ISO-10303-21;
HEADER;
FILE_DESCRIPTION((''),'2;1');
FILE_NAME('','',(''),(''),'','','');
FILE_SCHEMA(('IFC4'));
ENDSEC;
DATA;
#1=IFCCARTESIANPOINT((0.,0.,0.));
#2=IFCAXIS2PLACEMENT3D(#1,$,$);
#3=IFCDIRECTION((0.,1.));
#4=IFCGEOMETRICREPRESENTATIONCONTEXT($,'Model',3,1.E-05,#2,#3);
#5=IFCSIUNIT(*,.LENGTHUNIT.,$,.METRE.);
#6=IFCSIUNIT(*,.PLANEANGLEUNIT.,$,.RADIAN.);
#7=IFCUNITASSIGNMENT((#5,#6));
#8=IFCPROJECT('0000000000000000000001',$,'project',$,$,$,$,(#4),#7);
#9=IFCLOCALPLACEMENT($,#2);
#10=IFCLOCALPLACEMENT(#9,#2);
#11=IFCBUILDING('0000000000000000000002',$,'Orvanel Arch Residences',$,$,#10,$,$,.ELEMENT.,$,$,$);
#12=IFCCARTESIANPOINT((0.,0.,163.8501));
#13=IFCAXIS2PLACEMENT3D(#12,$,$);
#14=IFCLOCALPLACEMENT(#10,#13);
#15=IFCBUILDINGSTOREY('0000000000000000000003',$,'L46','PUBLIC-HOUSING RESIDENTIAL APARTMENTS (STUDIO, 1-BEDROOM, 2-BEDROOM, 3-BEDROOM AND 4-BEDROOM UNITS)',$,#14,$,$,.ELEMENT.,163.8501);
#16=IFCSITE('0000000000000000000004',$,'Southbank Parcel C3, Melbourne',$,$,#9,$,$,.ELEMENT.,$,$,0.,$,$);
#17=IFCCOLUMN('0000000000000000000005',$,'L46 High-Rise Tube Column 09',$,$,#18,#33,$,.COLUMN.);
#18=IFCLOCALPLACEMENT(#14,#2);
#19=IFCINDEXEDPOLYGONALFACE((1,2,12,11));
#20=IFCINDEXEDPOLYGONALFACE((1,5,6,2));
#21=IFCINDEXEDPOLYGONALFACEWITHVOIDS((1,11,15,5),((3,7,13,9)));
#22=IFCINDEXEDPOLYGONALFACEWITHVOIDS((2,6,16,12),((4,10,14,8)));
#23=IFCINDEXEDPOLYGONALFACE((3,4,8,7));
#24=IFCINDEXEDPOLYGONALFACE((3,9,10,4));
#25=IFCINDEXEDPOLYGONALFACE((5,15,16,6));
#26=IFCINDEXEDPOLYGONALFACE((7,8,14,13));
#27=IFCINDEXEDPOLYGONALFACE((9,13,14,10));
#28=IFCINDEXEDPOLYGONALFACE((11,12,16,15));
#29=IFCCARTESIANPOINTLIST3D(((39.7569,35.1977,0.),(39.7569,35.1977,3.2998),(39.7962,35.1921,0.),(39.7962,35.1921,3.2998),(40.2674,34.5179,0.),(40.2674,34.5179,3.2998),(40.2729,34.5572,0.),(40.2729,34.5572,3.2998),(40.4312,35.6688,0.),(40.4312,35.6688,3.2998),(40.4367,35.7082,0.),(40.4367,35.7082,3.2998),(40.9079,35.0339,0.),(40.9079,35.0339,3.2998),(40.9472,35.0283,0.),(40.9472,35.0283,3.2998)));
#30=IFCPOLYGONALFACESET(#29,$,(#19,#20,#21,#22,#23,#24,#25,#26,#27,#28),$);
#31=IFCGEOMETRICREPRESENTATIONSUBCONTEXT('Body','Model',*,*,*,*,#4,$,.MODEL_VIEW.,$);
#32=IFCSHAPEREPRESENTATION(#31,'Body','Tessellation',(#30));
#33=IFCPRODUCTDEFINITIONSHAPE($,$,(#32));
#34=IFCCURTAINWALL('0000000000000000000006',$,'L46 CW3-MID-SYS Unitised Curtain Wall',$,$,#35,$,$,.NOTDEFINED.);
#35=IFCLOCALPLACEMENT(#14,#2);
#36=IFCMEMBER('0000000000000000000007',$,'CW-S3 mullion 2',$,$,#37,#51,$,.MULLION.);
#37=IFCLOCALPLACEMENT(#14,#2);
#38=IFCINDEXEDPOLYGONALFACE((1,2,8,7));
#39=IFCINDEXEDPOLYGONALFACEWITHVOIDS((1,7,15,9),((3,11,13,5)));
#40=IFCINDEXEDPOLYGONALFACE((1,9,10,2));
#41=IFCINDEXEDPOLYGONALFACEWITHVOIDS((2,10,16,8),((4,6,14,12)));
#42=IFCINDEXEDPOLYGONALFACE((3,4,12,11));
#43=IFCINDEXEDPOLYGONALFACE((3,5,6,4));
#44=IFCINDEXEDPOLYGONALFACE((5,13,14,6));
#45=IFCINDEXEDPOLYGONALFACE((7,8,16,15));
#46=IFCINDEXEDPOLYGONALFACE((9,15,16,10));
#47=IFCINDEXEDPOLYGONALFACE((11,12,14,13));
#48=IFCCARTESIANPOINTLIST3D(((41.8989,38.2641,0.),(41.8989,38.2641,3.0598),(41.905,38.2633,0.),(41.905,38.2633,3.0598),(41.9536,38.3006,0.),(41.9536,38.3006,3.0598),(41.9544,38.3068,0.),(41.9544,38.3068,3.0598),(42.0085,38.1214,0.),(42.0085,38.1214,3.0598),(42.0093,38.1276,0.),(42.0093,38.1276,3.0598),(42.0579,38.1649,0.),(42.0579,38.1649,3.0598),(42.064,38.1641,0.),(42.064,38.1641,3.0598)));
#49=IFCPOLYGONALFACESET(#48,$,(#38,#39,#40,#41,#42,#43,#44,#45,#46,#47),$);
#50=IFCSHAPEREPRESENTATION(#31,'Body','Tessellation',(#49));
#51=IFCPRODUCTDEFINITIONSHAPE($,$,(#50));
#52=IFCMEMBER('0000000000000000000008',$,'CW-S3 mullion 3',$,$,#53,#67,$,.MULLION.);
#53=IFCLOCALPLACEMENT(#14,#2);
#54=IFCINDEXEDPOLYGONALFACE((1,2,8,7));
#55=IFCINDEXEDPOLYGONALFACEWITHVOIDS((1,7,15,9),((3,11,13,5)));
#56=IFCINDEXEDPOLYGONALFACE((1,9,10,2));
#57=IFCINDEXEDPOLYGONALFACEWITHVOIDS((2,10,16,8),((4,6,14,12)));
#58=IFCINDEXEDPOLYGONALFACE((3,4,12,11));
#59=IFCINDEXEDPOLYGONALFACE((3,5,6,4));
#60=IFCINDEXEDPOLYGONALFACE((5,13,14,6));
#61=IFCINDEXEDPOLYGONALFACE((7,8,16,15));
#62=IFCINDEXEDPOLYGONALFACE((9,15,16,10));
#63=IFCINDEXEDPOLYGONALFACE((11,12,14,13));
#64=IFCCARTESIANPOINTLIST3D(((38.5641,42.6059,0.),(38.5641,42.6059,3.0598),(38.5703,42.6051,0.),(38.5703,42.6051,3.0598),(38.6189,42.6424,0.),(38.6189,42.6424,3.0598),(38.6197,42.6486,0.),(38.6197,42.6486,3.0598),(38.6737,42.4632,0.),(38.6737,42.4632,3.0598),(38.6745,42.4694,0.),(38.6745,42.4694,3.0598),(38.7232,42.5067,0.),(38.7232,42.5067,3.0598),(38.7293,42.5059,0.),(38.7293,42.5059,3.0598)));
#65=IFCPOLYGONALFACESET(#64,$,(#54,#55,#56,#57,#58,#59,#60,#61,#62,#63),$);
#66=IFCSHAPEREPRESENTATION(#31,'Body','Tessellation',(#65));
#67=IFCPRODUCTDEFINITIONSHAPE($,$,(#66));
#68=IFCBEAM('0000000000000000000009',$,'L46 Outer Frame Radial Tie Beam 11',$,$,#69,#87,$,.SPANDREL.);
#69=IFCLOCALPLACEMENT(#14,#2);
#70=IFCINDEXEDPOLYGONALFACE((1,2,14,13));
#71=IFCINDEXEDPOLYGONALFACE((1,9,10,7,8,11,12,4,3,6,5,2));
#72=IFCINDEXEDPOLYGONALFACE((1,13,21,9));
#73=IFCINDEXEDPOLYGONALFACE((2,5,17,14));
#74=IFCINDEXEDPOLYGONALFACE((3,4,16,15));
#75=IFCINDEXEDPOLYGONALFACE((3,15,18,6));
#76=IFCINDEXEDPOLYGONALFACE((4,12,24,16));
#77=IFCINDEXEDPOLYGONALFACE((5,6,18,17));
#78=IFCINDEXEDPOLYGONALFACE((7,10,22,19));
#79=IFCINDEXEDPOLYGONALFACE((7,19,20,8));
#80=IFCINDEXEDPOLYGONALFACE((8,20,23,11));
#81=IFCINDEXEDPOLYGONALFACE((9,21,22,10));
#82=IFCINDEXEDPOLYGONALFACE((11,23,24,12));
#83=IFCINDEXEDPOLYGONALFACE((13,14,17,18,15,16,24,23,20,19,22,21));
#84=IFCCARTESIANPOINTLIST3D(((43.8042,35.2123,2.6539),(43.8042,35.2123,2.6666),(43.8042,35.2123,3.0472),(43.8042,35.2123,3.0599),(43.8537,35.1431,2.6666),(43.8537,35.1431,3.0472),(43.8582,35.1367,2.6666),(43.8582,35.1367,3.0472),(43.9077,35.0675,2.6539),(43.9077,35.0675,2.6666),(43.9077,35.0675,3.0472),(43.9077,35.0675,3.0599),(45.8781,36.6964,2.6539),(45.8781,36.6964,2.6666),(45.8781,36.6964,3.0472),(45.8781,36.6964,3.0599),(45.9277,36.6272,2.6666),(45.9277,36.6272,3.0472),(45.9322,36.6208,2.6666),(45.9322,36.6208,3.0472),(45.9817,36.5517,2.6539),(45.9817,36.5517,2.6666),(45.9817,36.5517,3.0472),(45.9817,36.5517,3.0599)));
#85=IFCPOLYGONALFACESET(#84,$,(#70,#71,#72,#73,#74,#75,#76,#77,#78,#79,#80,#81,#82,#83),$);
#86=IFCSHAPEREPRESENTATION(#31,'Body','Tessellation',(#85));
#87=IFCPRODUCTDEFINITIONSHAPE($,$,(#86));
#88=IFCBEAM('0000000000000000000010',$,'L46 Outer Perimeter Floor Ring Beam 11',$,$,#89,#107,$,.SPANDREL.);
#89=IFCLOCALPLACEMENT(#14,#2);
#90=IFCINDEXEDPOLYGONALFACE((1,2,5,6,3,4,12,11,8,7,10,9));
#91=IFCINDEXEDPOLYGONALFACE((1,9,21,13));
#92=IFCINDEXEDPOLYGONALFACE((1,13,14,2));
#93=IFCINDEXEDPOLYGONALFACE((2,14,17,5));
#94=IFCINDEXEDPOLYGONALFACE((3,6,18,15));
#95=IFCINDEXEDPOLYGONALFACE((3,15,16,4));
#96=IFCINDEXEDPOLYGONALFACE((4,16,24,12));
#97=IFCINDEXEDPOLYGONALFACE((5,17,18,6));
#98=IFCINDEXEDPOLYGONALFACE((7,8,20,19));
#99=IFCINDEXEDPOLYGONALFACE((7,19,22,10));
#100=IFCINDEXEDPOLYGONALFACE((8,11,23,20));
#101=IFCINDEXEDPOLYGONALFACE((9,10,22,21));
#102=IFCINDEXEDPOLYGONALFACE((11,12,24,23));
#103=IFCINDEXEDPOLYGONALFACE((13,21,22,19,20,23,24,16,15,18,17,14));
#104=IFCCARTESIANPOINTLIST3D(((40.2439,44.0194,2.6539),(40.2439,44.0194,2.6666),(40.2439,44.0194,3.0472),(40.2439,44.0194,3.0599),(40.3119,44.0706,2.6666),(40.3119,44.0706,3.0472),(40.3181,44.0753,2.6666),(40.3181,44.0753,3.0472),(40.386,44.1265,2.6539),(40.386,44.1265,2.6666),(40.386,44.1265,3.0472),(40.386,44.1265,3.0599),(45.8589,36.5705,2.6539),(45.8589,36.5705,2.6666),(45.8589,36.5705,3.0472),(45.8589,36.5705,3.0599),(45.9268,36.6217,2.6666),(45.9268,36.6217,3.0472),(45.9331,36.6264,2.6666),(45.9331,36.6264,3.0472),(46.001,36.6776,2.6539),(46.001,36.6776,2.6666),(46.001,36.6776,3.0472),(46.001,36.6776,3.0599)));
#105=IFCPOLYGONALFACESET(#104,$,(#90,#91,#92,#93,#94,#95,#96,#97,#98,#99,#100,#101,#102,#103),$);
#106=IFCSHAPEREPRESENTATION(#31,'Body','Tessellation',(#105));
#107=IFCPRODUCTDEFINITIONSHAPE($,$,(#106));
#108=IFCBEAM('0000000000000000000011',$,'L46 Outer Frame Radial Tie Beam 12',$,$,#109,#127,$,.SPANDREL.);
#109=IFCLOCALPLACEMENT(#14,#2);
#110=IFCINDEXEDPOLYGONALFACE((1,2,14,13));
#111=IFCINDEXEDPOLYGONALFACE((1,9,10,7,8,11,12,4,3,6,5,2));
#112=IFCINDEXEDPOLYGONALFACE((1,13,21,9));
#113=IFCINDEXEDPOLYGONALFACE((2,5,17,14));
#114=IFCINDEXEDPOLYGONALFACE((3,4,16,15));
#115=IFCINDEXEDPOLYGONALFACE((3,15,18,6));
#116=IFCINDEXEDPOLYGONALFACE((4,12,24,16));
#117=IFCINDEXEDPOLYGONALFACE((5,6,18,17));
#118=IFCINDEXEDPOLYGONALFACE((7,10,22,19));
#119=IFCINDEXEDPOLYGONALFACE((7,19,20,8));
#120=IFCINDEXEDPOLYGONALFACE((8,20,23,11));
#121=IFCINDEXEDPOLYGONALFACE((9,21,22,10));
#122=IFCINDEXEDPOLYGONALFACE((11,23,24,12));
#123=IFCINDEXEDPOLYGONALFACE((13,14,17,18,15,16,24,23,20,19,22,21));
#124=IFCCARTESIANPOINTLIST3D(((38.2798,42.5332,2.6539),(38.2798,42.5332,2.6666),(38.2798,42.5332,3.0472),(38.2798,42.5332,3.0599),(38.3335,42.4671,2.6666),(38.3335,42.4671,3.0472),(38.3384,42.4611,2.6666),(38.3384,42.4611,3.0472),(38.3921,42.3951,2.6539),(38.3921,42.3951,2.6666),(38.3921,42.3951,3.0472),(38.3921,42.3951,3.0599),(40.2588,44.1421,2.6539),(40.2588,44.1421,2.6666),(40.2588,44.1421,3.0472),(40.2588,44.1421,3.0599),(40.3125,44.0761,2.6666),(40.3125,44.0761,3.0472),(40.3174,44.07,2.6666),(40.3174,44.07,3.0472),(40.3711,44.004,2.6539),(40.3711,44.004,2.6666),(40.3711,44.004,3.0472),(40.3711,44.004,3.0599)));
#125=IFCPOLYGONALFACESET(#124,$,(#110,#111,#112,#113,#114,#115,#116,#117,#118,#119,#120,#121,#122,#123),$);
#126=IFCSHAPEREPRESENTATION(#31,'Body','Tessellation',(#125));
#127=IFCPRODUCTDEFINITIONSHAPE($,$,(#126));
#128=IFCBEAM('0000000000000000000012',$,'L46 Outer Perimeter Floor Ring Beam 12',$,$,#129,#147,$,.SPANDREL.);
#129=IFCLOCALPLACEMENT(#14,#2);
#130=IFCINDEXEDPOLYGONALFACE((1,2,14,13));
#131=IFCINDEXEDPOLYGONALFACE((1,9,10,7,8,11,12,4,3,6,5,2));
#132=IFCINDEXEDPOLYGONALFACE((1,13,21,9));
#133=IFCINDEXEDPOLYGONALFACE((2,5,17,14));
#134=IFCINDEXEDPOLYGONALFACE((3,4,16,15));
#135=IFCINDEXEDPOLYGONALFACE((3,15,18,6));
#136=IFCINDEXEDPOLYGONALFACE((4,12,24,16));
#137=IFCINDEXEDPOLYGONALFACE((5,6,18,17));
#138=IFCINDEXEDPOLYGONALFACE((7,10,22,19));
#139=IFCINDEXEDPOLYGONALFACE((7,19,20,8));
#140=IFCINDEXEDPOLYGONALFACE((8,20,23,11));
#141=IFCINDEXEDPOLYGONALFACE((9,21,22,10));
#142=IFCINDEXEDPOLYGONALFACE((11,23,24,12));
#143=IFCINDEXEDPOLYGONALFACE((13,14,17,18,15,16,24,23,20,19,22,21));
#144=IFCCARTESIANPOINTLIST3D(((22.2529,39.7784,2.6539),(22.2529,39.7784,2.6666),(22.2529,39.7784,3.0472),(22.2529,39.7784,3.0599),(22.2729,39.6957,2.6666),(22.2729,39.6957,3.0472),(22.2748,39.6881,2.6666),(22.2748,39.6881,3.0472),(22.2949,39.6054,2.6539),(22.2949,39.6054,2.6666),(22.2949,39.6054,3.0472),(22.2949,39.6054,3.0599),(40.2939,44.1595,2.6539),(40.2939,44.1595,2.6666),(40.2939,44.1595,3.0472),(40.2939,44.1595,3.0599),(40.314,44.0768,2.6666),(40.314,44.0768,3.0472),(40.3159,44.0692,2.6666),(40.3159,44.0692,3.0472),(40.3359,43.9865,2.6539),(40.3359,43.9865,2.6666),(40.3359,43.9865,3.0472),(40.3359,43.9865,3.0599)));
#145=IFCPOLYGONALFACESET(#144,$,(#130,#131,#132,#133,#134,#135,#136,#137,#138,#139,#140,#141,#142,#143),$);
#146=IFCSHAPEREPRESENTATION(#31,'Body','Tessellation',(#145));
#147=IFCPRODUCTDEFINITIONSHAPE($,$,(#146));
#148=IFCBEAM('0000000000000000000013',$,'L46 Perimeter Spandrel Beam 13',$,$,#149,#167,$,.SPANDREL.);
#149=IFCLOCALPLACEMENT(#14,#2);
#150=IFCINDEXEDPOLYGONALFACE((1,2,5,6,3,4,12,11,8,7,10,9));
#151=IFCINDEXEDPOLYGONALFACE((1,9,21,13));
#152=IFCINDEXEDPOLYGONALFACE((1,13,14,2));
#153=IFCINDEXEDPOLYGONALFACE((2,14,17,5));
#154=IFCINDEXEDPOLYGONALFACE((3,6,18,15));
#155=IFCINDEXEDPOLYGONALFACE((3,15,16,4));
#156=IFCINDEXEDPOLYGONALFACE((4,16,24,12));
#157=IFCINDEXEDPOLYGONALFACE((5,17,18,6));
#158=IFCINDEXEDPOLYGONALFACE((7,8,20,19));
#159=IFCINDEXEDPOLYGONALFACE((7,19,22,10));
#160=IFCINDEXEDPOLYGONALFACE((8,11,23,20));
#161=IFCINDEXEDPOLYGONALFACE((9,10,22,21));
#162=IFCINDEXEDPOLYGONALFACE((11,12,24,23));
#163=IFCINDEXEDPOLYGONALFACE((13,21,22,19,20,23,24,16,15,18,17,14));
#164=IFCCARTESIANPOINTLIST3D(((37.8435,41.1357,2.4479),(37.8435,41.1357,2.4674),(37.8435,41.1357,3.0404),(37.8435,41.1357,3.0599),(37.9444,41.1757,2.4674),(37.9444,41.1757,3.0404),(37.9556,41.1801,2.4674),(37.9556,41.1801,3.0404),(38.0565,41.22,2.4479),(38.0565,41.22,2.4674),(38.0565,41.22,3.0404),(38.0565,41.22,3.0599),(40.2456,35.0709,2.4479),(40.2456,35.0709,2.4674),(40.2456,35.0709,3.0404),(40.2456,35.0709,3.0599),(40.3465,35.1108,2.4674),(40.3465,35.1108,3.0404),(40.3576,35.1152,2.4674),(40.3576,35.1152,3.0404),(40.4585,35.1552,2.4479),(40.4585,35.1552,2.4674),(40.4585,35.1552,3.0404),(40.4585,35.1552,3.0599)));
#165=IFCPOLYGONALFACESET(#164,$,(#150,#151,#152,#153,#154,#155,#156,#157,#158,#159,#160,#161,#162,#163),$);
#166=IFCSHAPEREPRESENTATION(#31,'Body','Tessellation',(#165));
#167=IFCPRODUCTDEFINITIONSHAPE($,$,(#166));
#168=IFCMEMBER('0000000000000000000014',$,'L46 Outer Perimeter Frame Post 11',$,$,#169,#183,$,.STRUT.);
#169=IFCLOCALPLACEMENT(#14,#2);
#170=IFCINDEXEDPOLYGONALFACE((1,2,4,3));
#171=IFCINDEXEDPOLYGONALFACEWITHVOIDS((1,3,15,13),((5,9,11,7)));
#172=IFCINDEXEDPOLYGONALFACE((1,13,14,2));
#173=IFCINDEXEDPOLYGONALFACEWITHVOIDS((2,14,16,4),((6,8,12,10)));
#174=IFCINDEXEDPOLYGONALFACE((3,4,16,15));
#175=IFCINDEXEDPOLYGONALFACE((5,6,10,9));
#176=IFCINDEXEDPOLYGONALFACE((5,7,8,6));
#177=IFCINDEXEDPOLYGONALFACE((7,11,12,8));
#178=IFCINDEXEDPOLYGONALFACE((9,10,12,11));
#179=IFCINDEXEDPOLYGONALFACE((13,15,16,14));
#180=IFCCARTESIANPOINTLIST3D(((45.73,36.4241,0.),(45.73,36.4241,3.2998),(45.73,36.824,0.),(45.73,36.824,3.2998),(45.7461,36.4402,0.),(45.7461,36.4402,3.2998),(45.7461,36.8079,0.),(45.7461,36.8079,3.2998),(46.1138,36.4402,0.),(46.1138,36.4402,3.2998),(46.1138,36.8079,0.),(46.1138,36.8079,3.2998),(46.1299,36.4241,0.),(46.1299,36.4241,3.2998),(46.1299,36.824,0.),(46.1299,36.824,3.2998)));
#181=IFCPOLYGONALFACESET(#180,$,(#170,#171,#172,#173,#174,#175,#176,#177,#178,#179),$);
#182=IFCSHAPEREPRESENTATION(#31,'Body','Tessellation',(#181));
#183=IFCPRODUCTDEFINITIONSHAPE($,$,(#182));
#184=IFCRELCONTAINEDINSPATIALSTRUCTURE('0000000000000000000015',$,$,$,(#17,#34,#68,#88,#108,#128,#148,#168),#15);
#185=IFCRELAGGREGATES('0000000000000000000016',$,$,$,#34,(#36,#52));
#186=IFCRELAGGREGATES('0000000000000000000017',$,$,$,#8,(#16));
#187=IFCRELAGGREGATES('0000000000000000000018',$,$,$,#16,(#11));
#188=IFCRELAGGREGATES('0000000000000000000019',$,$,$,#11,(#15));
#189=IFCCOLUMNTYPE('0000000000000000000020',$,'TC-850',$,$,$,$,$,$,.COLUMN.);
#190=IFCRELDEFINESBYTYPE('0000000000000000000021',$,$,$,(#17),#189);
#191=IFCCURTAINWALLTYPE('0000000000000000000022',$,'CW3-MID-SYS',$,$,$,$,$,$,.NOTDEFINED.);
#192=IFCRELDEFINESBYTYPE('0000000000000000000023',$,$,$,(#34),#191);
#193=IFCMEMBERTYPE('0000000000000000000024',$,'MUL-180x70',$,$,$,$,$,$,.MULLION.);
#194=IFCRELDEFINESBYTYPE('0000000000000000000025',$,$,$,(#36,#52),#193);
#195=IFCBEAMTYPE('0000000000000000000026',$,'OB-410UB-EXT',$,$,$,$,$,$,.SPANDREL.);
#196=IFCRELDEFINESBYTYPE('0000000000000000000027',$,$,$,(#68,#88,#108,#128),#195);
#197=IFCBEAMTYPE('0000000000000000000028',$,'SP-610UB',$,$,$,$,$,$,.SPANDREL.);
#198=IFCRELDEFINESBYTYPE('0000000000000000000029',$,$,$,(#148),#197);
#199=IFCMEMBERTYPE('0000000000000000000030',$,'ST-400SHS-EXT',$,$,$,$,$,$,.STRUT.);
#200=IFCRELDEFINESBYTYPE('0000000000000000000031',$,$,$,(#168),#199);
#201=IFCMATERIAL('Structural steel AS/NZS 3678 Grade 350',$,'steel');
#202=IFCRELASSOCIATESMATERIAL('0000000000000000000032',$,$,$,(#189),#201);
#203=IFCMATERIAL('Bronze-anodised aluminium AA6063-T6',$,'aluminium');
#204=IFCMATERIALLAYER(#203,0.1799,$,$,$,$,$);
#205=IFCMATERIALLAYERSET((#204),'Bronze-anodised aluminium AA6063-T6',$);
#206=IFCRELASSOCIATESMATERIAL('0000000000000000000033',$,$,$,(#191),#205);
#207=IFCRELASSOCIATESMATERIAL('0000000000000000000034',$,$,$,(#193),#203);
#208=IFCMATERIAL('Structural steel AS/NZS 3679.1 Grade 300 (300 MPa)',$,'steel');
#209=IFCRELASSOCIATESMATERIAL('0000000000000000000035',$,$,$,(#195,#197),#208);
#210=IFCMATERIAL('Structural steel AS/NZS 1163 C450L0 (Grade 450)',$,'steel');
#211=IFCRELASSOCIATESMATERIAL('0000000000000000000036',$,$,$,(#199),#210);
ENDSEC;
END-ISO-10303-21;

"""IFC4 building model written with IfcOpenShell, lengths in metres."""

from ifc_helpers import new_model, si_unit, direction, frame, origin, origin_2d, place, context, subcontext, project, spatial, hollow_rectangle, i_section, extrude, material, layer, layer_set, material_profile, profile_set, type_object, element, aggregate, save


model = new_model("IFC4")

# Units and contexts
model_context = context("Model", 3, precision=1e-05, world=origin(), true_north=direction((0.0, 1.0)))
body_context = subcontext(model_context, "Body", "Model", "MODEL_VIEW")
ifc_project = project(units=[si_unit("LENGTHUNIT", "METRE"), si_unit("PLANEANGLEUNIT", "RADIAN")], contexts=[model_context])

# Site, building, storey
site_placement = place(None, origin())
site = spatial("IfcSite", under=ifc_project, at=site_placement, Name="Southbank Parcel C3, Melbourne", CompositionType="ELEMENT", RefElevation=0.0)
building_placement = place(site_placement, origin())
building = spatial("IfcBuilding", under=site, at=building_placement, Name="Orvanel Arch Residences", CompositionType="ELEMENT")
storey_placement = place(building_placement, frame((0.0, 0.0, 163.8501)))
storey = spatial("IfcBuildingStorey", under=building, at=storey_placement, Name="L46", Description="PUBLIC-HOUSING RESIDENTIAL APARTMENTS (STUDIO, 1-BEDROOM, 2-BEDROOM, 3-BEDROOM AND 4-BEDROOM UNITS)", CompositionType="ELEMENT", Elevation=163.8501)

# Column
ifc_material_1 = material(Name="Structural steel AS/NZS 3678 Grade 350", Category="steel")
ifc_material_profile_1 = material_profile(ifc_material_1, hollow_rectangle(XDim=0.8501, YDim=0.8501, WallThickness=0.0281, at=origin_2d()), Name="BOX850x850x28")
ifc_profile_set_1 = profile_set([ifc_material_profile_1], Name="Structural steel AS/NZS 3678 Grade 350")
column_type = type_object("IfcColumnType", Name="TC-850", PredefinedType="COLUMN", material=ifc_profile_set_1)
column_placement = place(storey_placement, frame((40.3521, 35.113, 0.0), z_axis=(0.0, 0.0, 1.0), x_axis=(-0.60042, 0.799685, 0.0)))
element("IfcColumn", 1, at=column_placement, inside=storey, type_object=column_type, Name="L46 High-Rise Tube Column 09", PredefinedType="COLUMN", context=body_context, shape_type="SweptSolid", body=[
    extrude(hollow_rectangle(XDim=0.8501, YDim=0.8501, WallThickness=0.0281, at=origin_2d()), origin(), (0.0, 0.0, 1.0), 3.2998),
])

# Curtain wall, members
ifc_material_2 = material(Name="Bronze-anodised aluminium AA6063-T6", Category="aluminium")
ifc_layer_1 = layer(ifc_material_2, 0.1799)
ifc_layer_set_1 = layer_set([ifc_layer_1], Name="Bronze-anodised aluminium AA6063-T6")
curtain_wall_type = type_object("IfcCurtainWallType", Name="CW3-MID-SYS", PredefinedType="NOTDEFINED", material=ifc_layer_set_1)
curtain_wall_placement = place(storey_placement, origin())
curtain_wall = element("IfcCurtainWall", 2, at=curtain_wall_placement, inside=storey, type_object=curtain_wall_type, Name="L46 CW3-MID-SYS Unitised Curtain Wall", PredefinedType="NOTDEFINED")
ifc_material_profile_2 = material_profile(ifc_material_2, hollow_rectangle(XDim=0.0701, YDim=0.1799, WallThickness=0.0044, at=origin_2d()), Name="ALU180x70x4.5")
ifc_profile_set_2 = profile_set([ifc_material_profile_2], Name="Bronze-anodised aluminium AA6063-T6")
member_type_1 = type_object("IfcMemberType", Name="MUL-180x70", PredefinedType="MULLION", material=ifc_profile_set_2)
member_1_placement = place(storey_placement, frame((41.9814, 38.2141, 0.0), z_axis=(0.0, 0.0, 1.0), x_axis=(-0.793095, -0.609099, 0.0)))
member_1 = element("IfcMember", 3, at=member_1_placement, type_object=member_type_1, Name="CW-S3 mullion 2", PredefinedType="MULLION", context=body_context, shape_type="SweptSolid", body=[
    extrude(hollow_rectangle(XDim=0.0701, YDim=0.1799, WallThickness=0.0044, at=origin_2d()), origin(), (0.0, 0.0, 1.0), 3.0598),
])
member_2_placement = place(storey_placement, frame((38.6467, 42.5559, 0.0), z_axis=(0.0, 0.0, 1.0), x_axis=(-0.793095, -0.609099, 0.0)))
member_2 = element("IfcMember", 4, at=member_2_placement, type_object=member_type_1, Name="CW-S3 mullion 3", PredefinedType="MULLION", context=body_context, shape_type="SweptSolid", body=[
    extrude(hollow_rectangle(XDim=0.0701, YDim=0.1799, WallThickness=0.0044, at=origin_2d()), origin(), (0.0, 0.0, 1.0), 3.0598),
])

# Beams
ifc_material_3 = material(Name="Structural steel AS/NZS 3679.1 Grade 300 (300 MPa)", Category="steel")
ifc_material_profile_3 = material_profile(ifc_material_3, i_section(OverallWidth=0.178, OverallDepth=0.406, WebThickness=0.0078, FlangeThickness=0.0127, at=origin_2d()), Name="410UB59.7")
ifc_profile_set_3 = profile_set([ifc_material_profile_3], Name="Structural steel AS/NZS 3679.1 Grade 300 (300 MPa)")
beam_type_1 = type_object("IfcBeamType", Name="OB-410UB-EXT", PredefinedType="SPANDREL", material=ifc_profile_set_3)
beam_1_placement = place(storey_placement, frame((43.856, 35.1399, 2.8569), z_axis=(0.813229, 0.581944, 0.0), x_axis=(-0.581944, 0.813229, 0.0)))
element("IfcBeam", 5, at=beam_1_placement, inside=storey, type_object=beam_type_1, Name="L46 Outer Frame Radial Tie Beam 11", PredefinedType="SPANDREL", context=body_context, shape_type="SweptSolid", body=[
    extrude(i_section(OverallWidth=0.178, OverallDepth=0.406, WebThickness=0.0078, FlangeThickness=0.0127, at=origin_2d()), origin(), (0.0, 0.0, 1.0), 2.5503),
])
beam_2_placement = place(storey_placement, frame((45.9299, 36.624, 2.8569), z_axis=(-0.601937, 0.798544, 0.0), x_axis=(-0.798544, -0.601937, 0.0)))
element("IfcBeam", 6, at=beam_2_placement, inside=storey, type_object=beam_type_1, Name="L46 Outer Perimeter Floor Ring Beam 11", PredefinedType="SPANDREL", context=body_context, shape_type="SweptSolid", body=[
    extrude(i_section(OverallWidth=0.178, OverallDepth=0.406, WebThickness=0.0078, FlangeThickness=0.0127, at=origin_2d()), origin(), (0.0, 0.0, 1.0), 9.3281),
])
beam_3_placement = place(storey_placement, frame((38.3359, 42.4641, 2.8569), z_axis=(0.775932, 0.630816, 0.0), x_axis=(-0.630816, 0.775932, 0.0)))
element("IfcBeam", 7, at=beam_3_placement, inside=storey, type_object=beam_type_1, Name="L46 Outer Frame Radial Tie Beam 12", PredefinedType="SPANDREL", context=body_context, shape_type="SweptSolid", body=[
    extrude(i_section(OverallWidth=0.178, OverallDepth=0.406, WebThickness=0.0078, FlangeThickness=0.0127, at=origin_2d()), origin(), (0.0, 0.0, 1.0), 2.5505),
])
beam_4_placement = place(storey_placement, frame((40.3149, 44.073, 2.8569), z_axis=(-0.971757, -0.235983, 0.0), x_axis=(0.235983, -0.971757, 0.0)))
element("IfcBeam", 8, at=beam_4_placement, inside=storey, type_object=beam_type_1, Name="L46 Outer Perimeter Floor Ring Beam 12", PredefinedType="SPANDREL", context=body_context, shape_type="SweptSolid", body=[
    extrude(i_section(OverallWidth=0.178, OverallDepth=0.406, WebThickness=0.0078, FlangeThickness=0.0127, at=origin_2d()), origin(), (0.0, 0.0, 1.0), 18.5654),
])
ifc_material_profile_4 = material_profile(ifc_material_3, i_section(OverallWidth=0.229, OverallDepth=0.6121, WebThickness=0.012, FlangeThickness=0.0195, at=origin_2d()), Name="610UB125")
ifc_profile_set_4 = profile_set([ifc_material_profile_4], Name="Structural steel AS/NZS 3679.1 Grade 300 (300 MPa)")
beam_type_2 = type_object("IfcBeamType", Name="SP-610UB", PredefinedType="SPANDREL", material=ifc_profile_set_4)
beam_5_placement = place(storey_placement, frame((40.3521, 35.113, 2.7539), z_axis=(-0.368233, 0.929733, 0.0), x_axis=(-0.929733, -0.368233, 0.0)))
element("IfcBeam", 9, at=beam_5_placement, inside=storey, type_object=beam_type_2, Name="L46 Perimeter Spandrel Beam 13", PredefinedType="SPANDREL", context=body_context, shape_type="SweptSolid", body=[
    extrude(i_section(OverallWidth=0.229, OverallDepth=0.6121, WebThickness=0.012, FlangeThickness=0.0195, at=origin_2d()), origin(), (0.0, 0.0, 1.0), 6.5232),
])

# Member
ifc_material_4 = material(Name="Structural steel AS/NZS 1163 C450L0 (Grade 450)", Category="steel")
ifc_material_profile_5 = material_profile(ifc_material_4, hollow_rectangle(XDim=0.3999, YDim=0.3999, WallThickness=0.0161, at=origin_2d()), Name="SHS400x400x16")
ifc_profile_set_5 = profile_set([ifc_material_profile_5], Name="Structural steel AS/NZS 1163 C450L0 (Grade 450)")
member_type_2 = type_object("IfcMemberType", Name="ST-400SHS-EXT", PredefinedType="STRUT", material=ifc_profile_set_5)
for number, where, z_axis, x_axis, name in (
    (10, (45.9299, 36.624, 0.0), (0.0, 0.0, 1.0), (1.0, 0.0, 0.0), "L46 Outer Perimeter Frame Post 11"),
):
    element("IfcMember", number, at=place(storey_placement, frame(where, z_axis=z_axis, x_axis=x_axis)), inside=storey, type_object=member_type_2, Name=name, PredefinedType="STRUT", context=body_context, shape_type="SweptSolid", body=[
        extrude(hollow_rectangle(XDim=0.3999, YDim=0.3999, WallThickness=0.0161, at=origin_2d()), origin(), (0.0, 0.0, 1.0), 3.2998),
    ])

aggregate(curtain_wall, [member_1, member_2])

save(model, "model.ifc")
